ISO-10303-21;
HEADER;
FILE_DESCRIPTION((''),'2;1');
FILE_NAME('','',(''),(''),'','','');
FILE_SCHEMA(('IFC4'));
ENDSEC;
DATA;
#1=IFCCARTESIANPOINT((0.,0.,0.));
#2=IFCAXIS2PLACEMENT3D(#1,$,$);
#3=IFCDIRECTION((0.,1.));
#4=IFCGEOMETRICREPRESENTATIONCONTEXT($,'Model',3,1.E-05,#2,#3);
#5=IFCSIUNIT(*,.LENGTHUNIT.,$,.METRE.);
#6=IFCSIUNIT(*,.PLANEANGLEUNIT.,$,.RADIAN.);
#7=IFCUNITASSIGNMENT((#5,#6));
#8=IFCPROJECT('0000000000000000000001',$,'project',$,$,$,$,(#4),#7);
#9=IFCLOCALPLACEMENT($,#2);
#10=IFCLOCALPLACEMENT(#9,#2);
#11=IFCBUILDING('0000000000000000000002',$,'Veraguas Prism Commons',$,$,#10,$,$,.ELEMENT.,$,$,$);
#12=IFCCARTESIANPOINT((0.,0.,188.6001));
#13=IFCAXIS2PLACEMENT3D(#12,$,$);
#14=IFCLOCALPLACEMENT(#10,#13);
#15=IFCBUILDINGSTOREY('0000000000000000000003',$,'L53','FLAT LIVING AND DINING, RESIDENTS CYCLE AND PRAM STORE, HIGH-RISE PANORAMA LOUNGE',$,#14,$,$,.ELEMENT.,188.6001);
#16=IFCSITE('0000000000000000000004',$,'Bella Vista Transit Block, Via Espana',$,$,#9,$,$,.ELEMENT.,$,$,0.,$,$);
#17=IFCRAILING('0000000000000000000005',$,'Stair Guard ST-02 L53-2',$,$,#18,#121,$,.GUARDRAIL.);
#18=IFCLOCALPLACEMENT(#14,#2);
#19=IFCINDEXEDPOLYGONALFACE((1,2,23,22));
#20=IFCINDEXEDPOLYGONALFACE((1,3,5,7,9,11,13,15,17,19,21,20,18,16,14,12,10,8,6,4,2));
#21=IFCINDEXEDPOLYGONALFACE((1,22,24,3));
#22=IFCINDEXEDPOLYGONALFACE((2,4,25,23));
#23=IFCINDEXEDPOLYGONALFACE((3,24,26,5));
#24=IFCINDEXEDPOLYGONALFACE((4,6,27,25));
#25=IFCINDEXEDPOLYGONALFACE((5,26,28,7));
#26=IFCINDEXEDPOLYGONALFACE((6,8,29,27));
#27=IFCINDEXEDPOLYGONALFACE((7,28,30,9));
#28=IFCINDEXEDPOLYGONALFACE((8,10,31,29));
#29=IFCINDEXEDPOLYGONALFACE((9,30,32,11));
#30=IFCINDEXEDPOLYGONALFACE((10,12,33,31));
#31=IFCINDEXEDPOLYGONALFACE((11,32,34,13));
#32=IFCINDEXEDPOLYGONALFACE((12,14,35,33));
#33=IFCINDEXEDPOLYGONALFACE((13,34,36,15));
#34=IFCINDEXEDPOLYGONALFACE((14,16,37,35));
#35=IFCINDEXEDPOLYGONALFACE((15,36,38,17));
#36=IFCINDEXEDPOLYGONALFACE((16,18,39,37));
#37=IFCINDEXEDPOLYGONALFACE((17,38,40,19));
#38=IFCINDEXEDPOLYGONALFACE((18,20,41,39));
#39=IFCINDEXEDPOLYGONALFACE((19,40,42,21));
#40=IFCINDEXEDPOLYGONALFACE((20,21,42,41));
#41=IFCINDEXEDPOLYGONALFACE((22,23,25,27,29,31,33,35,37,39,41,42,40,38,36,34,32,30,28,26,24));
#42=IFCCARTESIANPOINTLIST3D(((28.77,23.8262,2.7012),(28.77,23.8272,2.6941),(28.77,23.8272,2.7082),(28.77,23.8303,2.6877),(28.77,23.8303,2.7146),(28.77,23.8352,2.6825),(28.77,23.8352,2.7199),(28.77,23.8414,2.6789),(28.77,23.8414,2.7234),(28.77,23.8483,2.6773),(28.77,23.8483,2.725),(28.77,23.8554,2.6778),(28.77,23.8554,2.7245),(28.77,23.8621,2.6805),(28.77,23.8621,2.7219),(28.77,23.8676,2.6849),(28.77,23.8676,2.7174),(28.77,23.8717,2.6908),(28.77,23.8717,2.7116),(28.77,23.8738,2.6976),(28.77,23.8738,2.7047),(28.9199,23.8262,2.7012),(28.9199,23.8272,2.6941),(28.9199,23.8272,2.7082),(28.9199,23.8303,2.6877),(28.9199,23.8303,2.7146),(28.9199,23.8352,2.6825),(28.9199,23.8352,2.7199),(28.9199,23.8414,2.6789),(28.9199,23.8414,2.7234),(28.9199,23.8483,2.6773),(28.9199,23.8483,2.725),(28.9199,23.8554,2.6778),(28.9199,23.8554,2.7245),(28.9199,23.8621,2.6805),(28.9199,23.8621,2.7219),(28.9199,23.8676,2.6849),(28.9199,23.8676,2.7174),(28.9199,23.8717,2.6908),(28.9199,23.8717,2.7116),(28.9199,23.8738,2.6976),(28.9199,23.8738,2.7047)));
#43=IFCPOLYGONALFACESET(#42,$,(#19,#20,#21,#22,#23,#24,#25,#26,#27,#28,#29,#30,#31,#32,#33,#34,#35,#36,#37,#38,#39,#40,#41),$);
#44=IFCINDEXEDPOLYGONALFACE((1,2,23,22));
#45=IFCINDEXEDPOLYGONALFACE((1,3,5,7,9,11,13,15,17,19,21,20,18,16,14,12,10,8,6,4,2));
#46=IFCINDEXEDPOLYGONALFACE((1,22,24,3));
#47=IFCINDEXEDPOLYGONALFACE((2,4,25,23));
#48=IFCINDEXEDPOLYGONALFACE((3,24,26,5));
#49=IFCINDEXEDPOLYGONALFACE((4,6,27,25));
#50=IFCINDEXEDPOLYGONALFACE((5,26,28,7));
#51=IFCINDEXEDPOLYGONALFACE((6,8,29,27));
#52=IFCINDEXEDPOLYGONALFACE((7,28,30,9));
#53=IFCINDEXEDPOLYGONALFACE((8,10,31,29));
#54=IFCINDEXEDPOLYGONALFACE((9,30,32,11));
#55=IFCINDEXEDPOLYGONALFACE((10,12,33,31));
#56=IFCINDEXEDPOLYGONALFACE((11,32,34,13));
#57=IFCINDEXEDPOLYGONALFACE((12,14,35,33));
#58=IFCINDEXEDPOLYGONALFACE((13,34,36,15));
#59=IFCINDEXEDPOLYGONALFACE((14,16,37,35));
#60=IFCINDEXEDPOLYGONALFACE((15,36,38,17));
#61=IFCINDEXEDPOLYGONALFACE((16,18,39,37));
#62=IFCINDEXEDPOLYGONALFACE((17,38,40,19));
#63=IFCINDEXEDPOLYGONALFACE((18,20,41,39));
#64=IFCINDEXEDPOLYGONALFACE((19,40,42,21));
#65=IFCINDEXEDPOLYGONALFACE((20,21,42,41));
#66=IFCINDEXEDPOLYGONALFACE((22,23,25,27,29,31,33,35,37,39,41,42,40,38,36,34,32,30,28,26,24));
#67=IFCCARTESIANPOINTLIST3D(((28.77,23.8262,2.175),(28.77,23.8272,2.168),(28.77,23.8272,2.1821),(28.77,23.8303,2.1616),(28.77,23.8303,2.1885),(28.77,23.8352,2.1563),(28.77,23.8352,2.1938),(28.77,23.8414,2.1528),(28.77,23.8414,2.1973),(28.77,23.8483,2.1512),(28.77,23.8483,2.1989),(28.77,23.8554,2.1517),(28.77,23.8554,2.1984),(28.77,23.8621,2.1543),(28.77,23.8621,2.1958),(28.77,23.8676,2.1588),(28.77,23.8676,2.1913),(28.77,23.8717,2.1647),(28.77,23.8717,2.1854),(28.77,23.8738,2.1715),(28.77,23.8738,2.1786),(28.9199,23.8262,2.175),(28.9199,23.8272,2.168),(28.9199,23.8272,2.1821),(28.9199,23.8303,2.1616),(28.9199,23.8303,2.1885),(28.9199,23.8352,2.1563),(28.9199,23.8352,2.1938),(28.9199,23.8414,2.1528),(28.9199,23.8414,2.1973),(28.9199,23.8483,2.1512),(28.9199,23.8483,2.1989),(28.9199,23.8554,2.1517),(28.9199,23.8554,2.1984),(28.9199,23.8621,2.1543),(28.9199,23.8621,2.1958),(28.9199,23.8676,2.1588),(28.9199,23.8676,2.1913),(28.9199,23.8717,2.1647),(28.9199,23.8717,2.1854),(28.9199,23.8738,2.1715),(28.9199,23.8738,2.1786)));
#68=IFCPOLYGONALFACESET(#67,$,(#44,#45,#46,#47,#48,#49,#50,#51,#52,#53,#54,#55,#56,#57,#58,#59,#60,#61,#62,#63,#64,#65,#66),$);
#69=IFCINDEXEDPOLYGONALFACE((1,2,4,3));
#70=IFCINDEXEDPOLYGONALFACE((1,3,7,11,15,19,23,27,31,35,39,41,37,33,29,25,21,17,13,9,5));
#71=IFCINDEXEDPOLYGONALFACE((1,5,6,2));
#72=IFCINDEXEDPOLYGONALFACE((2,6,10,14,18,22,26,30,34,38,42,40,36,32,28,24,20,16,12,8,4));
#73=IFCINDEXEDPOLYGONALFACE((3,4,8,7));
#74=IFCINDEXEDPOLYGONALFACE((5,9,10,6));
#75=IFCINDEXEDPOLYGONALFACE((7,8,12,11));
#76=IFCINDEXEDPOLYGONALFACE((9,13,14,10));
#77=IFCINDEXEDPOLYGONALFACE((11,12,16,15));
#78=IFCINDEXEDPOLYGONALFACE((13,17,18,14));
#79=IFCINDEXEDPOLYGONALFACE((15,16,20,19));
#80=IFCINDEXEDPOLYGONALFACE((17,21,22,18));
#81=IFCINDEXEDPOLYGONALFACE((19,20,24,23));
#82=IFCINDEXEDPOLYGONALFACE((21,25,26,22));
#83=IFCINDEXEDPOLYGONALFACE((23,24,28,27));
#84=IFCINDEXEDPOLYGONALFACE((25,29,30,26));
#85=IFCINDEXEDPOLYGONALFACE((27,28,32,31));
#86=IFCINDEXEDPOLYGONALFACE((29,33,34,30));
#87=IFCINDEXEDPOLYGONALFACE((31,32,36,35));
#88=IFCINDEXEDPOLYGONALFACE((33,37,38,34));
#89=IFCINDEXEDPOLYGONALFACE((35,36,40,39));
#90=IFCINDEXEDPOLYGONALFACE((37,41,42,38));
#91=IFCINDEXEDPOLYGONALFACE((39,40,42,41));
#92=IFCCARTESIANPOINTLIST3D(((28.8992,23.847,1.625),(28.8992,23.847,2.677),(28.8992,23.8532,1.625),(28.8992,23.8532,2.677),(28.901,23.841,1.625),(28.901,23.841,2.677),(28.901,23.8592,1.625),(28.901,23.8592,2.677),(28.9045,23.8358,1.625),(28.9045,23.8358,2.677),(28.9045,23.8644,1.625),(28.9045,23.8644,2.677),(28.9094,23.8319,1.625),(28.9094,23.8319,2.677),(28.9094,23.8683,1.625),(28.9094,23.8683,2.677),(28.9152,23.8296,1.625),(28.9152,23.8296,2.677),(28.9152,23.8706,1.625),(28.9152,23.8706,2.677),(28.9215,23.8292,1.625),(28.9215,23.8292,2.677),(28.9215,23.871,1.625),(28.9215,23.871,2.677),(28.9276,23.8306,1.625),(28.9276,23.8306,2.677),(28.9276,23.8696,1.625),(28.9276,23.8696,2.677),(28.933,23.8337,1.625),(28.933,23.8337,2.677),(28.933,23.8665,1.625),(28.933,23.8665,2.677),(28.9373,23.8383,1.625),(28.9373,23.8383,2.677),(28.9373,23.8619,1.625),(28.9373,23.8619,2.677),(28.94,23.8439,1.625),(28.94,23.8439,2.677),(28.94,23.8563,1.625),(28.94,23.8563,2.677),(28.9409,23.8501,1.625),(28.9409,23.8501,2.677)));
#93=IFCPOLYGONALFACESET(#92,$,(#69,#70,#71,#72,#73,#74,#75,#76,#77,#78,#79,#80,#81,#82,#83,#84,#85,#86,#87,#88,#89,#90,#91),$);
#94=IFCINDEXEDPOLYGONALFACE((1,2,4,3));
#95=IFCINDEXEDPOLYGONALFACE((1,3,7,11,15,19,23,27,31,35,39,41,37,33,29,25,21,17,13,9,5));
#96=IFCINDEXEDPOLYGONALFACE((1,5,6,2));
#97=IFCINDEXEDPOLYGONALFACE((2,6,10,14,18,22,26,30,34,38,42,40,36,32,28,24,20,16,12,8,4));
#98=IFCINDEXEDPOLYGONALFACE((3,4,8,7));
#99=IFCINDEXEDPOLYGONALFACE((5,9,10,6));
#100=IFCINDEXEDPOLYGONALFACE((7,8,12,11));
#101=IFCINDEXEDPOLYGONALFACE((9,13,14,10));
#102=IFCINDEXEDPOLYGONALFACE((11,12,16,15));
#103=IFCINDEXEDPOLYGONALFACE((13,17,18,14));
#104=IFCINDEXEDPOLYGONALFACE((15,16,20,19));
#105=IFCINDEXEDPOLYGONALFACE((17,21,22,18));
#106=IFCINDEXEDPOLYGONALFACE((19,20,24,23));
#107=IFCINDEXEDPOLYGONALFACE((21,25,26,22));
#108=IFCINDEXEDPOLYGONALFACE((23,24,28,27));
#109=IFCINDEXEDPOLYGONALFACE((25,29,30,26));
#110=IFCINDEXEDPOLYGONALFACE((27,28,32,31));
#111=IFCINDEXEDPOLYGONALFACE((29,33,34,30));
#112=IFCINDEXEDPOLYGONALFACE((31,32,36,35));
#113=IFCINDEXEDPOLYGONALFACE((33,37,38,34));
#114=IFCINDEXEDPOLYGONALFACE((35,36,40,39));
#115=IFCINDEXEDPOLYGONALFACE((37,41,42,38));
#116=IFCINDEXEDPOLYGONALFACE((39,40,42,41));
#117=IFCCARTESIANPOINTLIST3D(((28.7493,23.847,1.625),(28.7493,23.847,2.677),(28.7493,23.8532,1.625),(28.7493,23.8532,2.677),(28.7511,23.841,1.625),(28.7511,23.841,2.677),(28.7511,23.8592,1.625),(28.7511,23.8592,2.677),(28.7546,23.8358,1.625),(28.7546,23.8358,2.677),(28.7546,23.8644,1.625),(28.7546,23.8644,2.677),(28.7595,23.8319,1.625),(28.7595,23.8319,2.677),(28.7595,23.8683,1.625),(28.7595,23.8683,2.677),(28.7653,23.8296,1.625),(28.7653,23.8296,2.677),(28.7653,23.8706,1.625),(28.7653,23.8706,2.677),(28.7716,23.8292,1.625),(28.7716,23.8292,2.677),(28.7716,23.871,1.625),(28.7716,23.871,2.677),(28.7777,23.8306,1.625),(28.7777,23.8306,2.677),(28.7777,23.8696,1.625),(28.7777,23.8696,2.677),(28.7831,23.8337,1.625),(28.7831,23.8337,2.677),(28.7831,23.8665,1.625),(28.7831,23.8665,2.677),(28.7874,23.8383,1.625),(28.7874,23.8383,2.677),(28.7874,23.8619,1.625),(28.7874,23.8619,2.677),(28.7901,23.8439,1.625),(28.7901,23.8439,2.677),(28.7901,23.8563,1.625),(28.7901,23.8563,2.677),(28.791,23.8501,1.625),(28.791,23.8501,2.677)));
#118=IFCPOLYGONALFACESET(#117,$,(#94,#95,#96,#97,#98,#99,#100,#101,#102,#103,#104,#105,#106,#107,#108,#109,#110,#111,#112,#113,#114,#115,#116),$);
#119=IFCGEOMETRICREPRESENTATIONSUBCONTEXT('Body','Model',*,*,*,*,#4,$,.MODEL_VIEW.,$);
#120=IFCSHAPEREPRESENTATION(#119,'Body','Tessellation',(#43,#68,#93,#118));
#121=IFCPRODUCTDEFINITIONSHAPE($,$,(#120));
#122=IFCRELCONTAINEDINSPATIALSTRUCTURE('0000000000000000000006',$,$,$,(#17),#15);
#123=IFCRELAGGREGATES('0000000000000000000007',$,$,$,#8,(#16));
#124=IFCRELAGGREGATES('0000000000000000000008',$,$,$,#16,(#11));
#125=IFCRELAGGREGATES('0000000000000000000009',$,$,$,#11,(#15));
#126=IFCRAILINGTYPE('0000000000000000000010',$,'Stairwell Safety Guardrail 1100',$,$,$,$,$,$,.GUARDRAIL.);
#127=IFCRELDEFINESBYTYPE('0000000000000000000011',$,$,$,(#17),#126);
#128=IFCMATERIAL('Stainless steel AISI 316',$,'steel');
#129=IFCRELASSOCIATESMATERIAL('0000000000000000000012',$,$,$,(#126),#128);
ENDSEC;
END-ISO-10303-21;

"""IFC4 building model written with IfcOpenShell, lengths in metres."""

from ifc_helpers import new_model, si_unit, direction, frame, origin, origin_2d, place, context, subcontext, project, spatial, circle, extrude, material, type_object, element, save


model = new_model("IFC4")

# Units and contexts
model_context = context("Model", 3, precision=1e-05, world=origin(), true_north=direction((0.0, 1.0)))
body_context = subcontext(model_context, "Body", "Model", "MODEL_VIEW")
ifc_project = project(units=[si_unit("LENGTHUNIT", "METRE"), si_unit("PLANEANGLEUNIT", "RADIAN")], contexts=[model_context])

# Site, building, storey
site_placement = place(None, origin())
site = spatial("IfcSite", under=ifc_project, at=site_placement, Name="Bella Vista Transit Block, Via Espana", CompositionType="ELEMENT", RefElevation=0.0)
building_placement = place(site_placement, origin())
building = spatial("IfcBuilding", under=site, at=building_placement, Name="Veraguas Prism Commons", CompositionType="ELEMENT")
storey_placement = place(building_placement, frame((0.0, 0.0, 188.6001)))
storey = spatial("IfcBuildingStorey", under=building, at=storey_placement, Name="L53", Description="FLAT LIVING AND DINING, RESIDENTS CYCLE AND PRAM STORE, HIGH-RISE PANORAMA LOUNGE", CompositionType="ELEMENT", Elevation=188.6001)

# Railing
ifc_material_1 = material(Name="Stainless steel AISI 316", Category="steel")
railing_type_1 = type_object("IfcRailingType", Name="Stairwell Safety Guardrail 1100", PredefinedType="GUARDRAIL", material=ifc_material_1)
railing_1_placement = place(storey_placement, frame((28.9199, 23.8501, 1.625)))
element("IfcRailing", 1, at=railing_1_placement, inside=storey, type_object=railing_type_1, Name="Stair Guard ST-02 L53-2", PredefinedType="GUARDRAIL", context=body_context, shape_type="SweptSolid", body=[
    extrude(circle(Radius=0.0239, at=origin_2d()), frame((0.0, 0.0, 1.0762), z_axis=(-1.0, 0.0, 0.0), x_axis=(0.0, -1.0, 0.0)), (0.0, 0.0, 1.0), 0.1499),
    extrude(circle(Radius=0.0239, at=origin_2d()), frame((0.0, 0.0, 0.55), z_axis=(-1.0, 0.0, 0.0), x_axis=(0.0, -1.0, 0.0)), (0.0, 0.0, 1.0), 0.1499),
    extrude(circle(Radius=0.021, at=origin_2d()), origin(), (0.0, 0.0, 1.0), 1.052),
    extrude(circle(Radius=0.021, at=origin_2d()), frame((-0.1499, 0.0, 0.0)), (0.0, 0.0, 1.0), 1.052),
])

save(model, "model.ifc")
